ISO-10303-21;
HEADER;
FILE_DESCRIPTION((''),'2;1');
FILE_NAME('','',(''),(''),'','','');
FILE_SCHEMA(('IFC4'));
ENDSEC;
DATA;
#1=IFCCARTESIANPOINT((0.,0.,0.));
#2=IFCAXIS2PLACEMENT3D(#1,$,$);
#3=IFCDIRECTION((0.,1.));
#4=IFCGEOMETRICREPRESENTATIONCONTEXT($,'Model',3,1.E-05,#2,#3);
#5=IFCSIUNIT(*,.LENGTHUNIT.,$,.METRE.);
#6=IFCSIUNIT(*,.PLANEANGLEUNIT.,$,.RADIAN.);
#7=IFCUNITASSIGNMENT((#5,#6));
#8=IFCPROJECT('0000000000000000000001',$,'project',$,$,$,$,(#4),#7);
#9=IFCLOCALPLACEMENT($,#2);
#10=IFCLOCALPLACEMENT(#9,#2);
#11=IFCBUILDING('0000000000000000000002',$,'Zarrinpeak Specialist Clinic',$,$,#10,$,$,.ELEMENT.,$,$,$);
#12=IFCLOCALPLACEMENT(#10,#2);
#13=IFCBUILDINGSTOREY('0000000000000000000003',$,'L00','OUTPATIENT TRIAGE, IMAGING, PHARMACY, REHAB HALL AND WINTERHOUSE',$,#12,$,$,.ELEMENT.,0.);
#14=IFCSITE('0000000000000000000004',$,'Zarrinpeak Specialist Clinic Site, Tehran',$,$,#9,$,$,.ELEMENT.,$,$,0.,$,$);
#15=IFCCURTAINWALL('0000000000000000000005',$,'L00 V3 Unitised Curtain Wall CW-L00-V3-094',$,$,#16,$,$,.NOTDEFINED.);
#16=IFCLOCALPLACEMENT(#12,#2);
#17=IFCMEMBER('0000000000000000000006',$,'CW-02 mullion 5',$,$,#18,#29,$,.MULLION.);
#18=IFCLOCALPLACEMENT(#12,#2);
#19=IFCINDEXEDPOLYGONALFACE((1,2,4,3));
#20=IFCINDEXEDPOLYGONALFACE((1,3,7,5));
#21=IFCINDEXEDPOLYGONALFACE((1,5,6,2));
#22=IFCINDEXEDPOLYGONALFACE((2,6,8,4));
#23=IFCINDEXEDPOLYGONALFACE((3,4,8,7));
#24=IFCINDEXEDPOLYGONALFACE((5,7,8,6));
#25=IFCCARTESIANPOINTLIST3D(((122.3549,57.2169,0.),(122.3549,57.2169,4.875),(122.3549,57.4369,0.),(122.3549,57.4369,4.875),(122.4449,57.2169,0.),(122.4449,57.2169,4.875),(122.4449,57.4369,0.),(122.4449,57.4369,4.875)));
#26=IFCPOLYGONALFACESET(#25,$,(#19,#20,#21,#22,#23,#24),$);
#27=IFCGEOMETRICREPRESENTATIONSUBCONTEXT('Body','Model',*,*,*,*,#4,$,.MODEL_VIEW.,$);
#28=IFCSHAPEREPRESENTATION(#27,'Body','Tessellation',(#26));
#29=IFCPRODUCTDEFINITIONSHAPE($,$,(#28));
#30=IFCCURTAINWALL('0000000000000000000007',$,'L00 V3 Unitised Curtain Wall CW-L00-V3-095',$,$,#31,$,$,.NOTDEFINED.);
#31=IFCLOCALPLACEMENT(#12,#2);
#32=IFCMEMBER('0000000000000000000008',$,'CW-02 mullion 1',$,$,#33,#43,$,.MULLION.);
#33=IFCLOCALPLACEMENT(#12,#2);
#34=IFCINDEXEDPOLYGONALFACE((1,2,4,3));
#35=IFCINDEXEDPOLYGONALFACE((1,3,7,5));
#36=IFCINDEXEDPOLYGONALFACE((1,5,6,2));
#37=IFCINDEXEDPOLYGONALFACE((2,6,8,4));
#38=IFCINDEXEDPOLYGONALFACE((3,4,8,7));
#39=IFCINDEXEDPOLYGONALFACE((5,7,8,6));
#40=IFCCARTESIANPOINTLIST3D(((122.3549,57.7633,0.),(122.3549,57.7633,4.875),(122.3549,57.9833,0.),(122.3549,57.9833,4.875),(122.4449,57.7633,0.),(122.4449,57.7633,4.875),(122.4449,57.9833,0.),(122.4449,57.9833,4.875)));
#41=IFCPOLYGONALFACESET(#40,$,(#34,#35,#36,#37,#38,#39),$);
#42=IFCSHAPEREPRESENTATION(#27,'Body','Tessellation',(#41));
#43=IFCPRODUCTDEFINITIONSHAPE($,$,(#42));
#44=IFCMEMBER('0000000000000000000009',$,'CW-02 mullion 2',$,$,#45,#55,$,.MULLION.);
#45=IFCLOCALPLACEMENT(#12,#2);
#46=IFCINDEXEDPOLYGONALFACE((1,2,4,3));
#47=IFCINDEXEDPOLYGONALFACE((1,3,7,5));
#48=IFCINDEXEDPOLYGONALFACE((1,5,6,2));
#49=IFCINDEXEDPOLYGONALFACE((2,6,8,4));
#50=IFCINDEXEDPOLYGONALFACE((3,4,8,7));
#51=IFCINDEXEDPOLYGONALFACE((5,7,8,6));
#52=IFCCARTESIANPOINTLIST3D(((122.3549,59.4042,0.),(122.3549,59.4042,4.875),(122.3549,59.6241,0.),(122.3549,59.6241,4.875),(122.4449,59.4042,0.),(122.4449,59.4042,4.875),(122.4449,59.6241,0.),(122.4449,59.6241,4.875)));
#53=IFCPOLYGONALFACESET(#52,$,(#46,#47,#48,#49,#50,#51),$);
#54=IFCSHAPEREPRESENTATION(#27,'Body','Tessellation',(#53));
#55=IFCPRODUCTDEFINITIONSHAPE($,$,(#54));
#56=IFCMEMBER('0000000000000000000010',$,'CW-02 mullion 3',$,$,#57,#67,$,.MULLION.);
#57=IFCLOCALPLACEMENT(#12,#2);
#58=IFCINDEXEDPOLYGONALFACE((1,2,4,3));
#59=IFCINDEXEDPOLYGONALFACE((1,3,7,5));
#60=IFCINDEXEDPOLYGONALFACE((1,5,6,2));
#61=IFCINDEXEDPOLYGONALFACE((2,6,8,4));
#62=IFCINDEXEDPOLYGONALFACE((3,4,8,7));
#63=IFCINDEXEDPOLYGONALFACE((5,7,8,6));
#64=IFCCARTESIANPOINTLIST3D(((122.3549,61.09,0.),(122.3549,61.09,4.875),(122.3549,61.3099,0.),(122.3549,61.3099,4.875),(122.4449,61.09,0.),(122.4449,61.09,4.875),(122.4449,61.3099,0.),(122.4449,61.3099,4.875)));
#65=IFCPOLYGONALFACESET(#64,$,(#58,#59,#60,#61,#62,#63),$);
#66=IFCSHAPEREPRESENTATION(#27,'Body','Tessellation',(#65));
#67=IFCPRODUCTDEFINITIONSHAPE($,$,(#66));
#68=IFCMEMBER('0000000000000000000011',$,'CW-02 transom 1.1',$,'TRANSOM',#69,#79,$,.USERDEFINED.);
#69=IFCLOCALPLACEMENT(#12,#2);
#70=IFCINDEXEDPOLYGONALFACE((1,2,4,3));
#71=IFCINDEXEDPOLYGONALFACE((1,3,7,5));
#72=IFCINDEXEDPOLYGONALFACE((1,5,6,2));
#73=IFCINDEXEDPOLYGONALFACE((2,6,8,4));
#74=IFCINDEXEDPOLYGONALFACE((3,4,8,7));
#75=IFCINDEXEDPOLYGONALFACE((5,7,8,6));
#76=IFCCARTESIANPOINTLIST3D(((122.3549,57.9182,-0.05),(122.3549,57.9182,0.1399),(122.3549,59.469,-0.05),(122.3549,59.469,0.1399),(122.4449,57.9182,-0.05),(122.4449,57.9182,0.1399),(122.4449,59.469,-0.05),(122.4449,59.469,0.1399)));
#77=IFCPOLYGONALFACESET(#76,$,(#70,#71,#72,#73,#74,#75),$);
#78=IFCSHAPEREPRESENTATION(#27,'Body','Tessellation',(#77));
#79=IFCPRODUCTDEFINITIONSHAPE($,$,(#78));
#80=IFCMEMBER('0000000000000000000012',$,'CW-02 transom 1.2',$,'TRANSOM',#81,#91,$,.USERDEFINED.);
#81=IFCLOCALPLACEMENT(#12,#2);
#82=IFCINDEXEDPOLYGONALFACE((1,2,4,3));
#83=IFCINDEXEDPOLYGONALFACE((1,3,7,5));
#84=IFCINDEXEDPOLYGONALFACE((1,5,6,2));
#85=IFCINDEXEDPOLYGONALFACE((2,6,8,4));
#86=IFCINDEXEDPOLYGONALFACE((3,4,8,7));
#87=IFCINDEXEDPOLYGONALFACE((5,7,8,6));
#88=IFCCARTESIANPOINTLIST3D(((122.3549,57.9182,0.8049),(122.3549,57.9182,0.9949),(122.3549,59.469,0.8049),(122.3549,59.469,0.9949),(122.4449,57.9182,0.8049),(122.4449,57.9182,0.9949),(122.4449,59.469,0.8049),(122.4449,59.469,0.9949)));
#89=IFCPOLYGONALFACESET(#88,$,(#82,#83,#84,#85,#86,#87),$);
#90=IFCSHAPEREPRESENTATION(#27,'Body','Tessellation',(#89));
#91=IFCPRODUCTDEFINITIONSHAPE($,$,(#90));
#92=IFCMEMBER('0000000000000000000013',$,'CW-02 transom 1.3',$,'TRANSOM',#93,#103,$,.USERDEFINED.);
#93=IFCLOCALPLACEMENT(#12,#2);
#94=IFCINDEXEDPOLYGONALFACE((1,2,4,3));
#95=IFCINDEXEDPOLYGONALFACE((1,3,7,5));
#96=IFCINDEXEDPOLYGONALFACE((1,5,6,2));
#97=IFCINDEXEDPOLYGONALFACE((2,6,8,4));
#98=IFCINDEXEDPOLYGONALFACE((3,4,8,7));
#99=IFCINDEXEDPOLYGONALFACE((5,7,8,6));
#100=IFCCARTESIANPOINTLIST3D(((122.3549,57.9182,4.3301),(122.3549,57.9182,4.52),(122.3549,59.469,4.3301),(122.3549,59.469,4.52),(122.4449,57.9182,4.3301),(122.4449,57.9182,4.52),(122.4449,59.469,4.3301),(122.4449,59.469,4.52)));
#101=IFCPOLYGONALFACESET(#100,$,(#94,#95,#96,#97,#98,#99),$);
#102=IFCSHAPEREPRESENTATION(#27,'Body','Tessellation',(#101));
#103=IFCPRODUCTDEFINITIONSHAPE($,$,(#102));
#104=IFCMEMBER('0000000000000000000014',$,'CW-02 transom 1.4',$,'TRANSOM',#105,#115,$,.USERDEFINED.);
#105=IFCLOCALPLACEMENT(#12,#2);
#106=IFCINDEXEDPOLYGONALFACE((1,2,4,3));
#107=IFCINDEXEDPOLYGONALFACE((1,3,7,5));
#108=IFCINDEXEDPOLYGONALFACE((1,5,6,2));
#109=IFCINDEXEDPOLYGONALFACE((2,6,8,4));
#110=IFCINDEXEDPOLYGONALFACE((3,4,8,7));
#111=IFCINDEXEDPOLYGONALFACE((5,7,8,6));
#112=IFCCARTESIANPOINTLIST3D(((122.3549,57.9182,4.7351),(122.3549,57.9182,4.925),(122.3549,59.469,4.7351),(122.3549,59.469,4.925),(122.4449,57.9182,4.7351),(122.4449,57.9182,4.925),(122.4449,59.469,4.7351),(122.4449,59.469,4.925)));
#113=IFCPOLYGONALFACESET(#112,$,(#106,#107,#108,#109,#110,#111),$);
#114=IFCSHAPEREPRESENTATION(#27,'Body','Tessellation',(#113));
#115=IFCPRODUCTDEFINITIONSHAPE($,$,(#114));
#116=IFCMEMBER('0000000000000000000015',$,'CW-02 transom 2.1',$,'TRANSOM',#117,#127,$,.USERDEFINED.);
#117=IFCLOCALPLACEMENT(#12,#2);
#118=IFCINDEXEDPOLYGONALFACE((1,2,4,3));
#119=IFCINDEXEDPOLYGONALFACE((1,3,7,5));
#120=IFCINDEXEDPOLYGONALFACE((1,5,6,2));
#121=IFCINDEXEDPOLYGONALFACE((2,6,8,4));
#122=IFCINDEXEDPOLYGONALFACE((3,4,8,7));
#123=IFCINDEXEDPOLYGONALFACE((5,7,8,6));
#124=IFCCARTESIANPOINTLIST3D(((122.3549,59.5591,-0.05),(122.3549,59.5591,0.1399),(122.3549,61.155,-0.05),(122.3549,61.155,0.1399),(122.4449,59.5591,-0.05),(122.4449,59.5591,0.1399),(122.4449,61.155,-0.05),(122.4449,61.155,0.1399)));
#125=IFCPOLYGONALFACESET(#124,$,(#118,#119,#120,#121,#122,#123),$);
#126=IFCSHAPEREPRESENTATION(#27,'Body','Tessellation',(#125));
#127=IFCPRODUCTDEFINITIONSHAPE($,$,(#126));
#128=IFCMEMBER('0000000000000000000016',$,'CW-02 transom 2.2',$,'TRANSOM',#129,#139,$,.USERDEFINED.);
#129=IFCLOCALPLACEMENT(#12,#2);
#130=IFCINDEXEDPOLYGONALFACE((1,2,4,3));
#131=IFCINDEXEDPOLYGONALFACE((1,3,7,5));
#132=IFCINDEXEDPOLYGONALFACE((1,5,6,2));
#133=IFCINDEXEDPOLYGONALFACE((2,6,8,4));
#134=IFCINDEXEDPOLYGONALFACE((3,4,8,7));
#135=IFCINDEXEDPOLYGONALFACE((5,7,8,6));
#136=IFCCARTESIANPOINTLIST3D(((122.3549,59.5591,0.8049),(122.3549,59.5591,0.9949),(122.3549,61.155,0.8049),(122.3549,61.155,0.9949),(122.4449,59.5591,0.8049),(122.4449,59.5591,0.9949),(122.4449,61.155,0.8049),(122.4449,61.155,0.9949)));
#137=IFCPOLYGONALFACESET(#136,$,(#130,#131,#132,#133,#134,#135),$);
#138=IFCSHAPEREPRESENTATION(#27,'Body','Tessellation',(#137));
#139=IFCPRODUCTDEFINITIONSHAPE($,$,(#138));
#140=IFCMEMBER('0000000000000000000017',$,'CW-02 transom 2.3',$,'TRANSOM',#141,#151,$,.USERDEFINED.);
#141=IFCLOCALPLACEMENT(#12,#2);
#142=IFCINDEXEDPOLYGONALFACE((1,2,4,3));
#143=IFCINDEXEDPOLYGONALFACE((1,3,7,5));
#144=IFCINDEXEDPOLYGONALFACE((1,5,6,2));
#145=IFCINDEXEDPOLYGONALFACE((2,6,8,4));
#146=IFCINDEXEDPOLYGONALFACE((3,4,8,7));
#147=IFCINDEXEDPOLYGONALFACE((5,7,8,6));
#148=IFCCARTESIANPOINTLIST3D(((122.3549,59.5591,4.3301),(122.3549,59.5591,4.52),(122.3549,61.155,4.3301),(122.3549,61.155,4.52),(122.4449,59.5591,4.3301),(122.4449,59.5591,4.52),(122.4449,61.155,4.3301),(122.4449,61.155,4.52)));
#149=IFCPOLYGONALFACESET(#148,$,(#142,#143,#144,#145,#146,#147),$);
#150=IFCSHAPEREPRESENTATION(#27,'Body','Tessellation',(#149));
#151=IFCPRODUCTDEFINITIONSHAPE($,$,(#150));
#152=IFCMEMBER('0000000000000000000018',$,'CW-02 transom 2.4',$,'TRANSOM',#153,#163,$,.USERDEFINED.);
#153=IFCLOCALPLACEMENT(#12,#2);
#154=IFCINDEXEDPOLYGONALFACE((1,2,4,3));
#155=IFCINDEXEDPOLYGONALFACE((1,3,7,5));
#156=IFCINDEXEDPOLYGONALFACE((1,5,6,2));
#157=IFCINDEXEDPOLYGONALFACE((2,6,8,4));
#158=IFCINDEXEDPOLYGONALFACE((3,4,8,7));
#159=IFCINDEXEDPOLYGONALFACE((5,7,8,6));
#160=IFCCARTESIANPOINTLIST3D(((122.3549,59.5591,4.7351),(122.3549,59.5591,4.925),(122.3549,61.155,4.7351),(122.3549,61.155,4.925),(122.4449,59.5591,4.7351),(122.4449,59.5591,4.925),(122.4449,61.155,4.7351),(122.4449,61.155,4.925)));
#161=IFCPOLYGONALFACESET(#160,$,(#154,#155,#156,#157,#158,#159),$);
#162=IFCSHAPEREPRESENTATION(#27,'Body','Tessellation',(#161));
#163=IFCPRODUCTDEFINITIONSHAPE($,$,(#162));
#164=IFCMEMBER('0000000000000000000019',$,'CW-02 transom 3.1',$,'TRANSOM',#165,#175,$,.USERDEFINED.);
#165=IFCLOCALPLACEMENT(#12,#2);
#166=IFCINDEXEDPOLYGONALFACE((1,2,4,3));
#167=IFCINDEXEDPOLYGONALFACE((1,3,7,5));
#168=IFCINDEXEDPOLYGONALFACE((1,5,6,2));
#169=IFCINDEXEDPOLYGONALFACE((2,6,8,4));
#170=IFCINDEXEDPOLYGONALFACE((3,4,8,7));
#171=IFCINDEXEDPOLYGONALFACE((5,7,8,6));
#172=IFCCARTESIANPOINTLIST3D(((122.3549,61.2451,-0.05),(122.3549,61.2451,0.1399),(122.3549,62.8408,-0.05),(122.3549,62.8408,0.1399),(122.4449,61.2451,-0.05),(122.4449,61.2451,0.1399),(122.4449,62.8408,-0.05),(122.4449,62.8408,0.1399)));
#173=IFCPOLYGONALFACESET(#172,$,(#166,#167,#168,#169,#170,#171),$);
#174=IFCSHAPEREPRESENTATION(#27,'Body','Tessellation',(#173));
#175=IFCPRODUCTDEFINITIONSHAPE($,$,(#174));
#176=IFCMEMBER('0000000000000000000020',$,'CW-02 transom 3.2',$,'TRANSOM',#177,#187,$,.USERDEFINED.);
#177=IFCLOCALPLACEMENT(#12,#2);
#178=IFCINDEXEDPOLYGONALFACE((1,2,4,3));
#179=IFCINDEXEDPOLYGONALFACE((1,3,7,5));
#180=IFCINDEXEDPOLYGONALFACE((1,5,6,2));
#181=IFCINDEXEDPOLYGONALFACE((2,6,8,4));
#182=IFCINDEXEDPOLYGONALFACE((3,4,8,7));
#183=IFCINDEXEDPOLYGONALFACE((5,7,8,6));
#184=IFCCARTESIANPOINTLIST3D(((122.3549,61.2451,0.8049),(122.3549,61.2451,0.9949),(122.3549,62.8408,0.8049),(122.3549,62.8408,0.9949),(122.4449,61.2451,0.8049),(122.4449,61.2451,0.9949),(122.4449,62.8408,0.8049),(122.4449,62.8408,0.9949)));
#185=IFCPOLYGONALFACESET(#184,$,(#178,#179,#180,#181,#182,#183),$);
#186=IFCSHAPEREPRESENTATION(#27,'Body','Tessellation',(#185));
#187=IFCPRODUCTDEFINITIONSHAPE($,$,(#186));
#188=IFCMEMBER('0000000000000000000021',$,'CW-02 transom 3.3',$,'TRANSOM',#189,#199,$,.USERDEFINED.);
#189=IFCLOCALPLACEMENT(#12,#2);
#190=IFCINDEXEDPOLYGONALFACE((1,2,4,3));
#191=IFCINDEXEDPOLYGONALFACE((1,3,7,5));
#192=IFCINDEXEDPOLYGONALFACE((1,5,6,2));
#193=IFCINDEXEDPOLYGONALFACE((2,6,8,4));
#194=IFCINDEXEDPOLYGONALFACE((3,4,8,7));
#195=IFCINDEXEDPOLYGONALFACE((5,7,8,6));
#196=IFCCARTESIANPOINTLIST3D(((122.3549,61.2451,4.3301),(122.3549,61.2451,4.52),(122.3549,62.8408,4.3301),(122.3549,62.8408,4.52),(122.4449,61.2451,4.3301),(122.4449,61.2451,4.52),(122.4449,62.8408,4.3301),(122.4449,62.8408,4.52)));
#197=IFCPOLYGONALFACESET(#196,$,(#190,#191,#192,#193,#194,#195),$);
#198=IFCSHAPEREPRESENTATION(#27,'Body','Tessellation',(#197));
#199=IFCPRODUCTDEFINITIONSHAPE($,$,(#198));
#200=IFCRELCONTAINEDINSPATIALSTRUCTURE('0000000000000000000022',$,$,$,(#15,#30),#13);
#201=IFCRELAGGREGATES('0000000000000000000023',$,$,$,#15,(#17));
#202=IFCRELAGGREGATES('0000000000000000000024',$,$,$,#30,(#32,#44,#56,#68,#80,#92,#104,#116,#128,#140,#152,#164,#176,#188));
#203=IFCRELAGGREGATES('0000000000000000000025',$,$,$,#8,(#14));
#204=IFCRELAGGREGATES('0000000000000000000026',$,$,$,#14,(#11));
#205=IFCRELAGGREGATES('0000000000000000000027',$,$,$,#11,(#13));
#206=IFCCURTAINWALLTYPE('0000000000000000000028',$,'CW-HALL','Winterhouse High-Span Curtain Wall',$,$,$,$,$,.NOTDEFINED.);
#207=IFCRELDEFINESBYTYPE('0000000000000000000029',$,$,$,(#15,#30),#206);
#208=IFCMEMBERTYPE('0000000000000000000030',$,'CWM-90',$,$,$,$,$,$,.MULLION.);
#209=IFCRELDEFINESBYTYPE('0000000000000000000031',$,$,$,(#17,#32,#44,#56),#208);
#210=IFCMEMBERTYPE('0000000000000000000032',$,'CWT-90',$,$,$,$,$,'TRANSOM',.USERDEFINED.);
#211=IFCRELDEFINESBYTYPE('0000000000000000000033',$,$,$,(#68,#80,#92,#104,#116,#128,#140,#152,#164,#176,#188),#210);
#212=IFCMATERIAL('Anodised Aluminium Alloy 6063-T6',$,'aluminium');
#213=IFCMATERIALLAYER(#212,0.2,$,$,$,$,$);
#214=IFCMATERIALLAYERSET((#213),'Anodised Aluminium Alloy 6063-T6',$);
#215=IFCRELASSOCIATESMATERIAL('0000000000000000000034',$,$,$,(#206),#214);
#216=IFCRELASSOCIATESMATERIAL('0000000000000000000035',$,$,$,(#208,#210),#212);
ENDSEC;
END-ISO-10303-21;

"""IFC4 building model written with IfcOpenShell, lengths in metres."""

from ifc_helpers import new_model, si_unit, direction, frame, origin, origin_2d, place, context, subcontext, project, spatial, rectangle, extrude, material, layer, layer_set, material_profile, profile_set, type_object, element, aggregate, save


model = new_model("IFC4")

# Units and contexts
model_context = context("Model", 3, precision=1e-05, world=origin(), true_north=direction((0.0, 1.0)))
body_context = subcontext(model_context, "Body", "Model", "MODEL_VIEW")
ifc_project = project(units=[si_unit("LENGTHUNIT", "METRE"), si_unit("PLANEANGLEUNIT", "RADIAN")], contexts=[model_context])

# Site, building, storey
site_placement = place(None, origin())
site = spatial("IfcSite", under=ifc_project, at=site_placement, Name="Zarrinpeak Specialist Clinic Site, Tehran", CompositionType="ELEMENT", RefElevation=0.0)
building_placement = place(site_placement, origin())
building = spatial("IfcBuilding", under=site, at=building_placement, Name="Zarrinpeak Specialist Clinic", CompositionType="ELEMENT")
storey_placement = place(building_placement, origin())
storey = spatial("IfcBuildingStorey", under=building, at=storey_placement, Name="L00", Description="OUTPATIENT TRIAGE, IMAGING, PHARMACY, REHAB HALL AND WINTERHOUSE", CompositionType="ELEMENT", Elevation=0.0)

# Curtain wall, member
ifc_material_1 = material(Name="Anodised Aluminium Alloy 6063-T6", Category="aluminium")
ifc_layer_1 = layer(ifc_material_1, 0.2)
ifc_layer_set_1 = layer_set([ifc_layer_1], Name="Anodised Aluminium Alloy 6063-T6")
curtain_wall_type = type_object("IfcCurtainWallType", Name="CW-HALL", Description="Winterhouse High-Span Curtain Wall", PredefinedType="NOTDEFINED", material=ifc_layer_set_1)
curtain_wall_1_placement = place(storey_placement, origin())
curtain_wall_1 = element("IfcCurtainWall", 1, at=curtain_wall_1_placement, inside=storey, type_object=curtain_wall_type, Name="L00 V3 Unitised Curtain Wall CW-L00-V3-094", PredefinedType="NOTDEFINED")
ifc_material_profile_1 = material_profile(ifc_material_1, rectangle(XDim=0.0901, YDim=0.22, at=origin_2d()), Name="ALU 90x220")
ifc_profile_set_1 = profile_set([ifc_material_profile_1], Name="Anodised Aluminium Alloy 6063-T6")
member_type_1 = type_object("IfcMemberType", Name="CWM-90", PredefinedType="MULLION", material=ifc_profile_set_1)
member_1_placement = place(storey_placement, frame((122.3999, 57.3269, 0.0), z_axis=(0.0, 0.0, 1.0), x_axis=(-1.0, 0.0, 0.0)))
member_1 = element("IfcMember", 2, at=member_1_placement, type_object=member_type_1, Name="CW-02 mullion 5", PredefinedType="MULLION", context=body_context, shape_type="SweptSolid", body=[
    extrude(rectangle(XDim=0.0901, YDim=0.22, at=origin_2d()), origin(), (0.0, 0.0, 1.0), 4.875),
])
aggregate(curtain_wall_1, [member_1])

# Curtain wall, members
curtain_wall_2_placement = place(storey_placement, origin())
curtain_wall_2 = element("IfcCurtainWall", 3, at=curtain_wall_2_placement, inside=storey, type_object=curtain_wall_type, Name="L00 V3 Unitised Curtain Wall CW-L00-V3-095", PredefinedType="NOTDEFINED")
member_2_placement = place(storey_placement, frame((122.3999, 57.8733, 0.0), z_axis=(0.0, 0.0, 1.0), x_axis=(-1.0, 0.0, 0.0)))
member_2 = element("IfcMember", 4, at=member_2_placement, type_object=member_type_1, Name="CW-02 mullion 1", PredefinedType="MULLION", context=body_context, shape_type="SweptSolid", body=[
    extrude(rectangle(XDim=0.0901, YDim=0.22, at=origin_2d()), origin(), (0.0, 0.0, 1.0), 4.875),
])
member_3_placement = place(storey_placement, frame((122.3999, 59.5142, 0.0), z_axis=(0.0, 0.0, 1.0), x_axis=(-1.0, 0.0, 0.0)))
member_3 = element("IfcMember", 5, at=member_3_placement, type_object=member_type_1, Name="CW-02 mullion 2", PredefinedType="MULLION", context=body_context, shape_type="SweptSolid", body=[
    extrude(rectangle(XDim=0.0901, YDim=0.22, at=origin_2d()), origin(), (0.0, 0.0, 1.0), 4.875),
])
member_4_placement = place(storey_placement, frame((122.3999, 61.2, 0.0), z_axis=(0.0, 0.0, 1.0), x_axis=(-1.0, 0.0, 0.0)))
member_4 = element("IfcMember", 6, at=member_4_placement, type_object=member_type_1, Name="CW-02 mullion 3", PredefinedType="MULLION", context=body_context, shape_type="SweptSolid", body=[
    extrude(rectangle(XDim=0.0901, YDim=0.22, at=origin_2d()), origin(), (0.0, 0.0, 1.0), 4.875),
])
ifc_material_profile_2 = material_profile(ifc_material_1, rectangle(XDim=0.0901, YDim=0.1899, at=origin_2d()), Name="ALU 90x190")
ifc_profile_set_2 = profile_set([ifc_material_profile_2], Name="Anodised Aluminium Alloy 6063-T6")
member_type_2 = type_object("IfcMemberType", Name="CWT-90", ElementType="TRANSOM", PredefinedType="USERDEFINED", material=ifc_profile_set_2)
member_5_placement = place(storey_placement, frame((122.3999, 57.9182, 0.0449), z_axis=(0.0, 1.0, 0.0), x_axis=(-1.0, 0.0, 0.0)))
member_5 = element("IfcMember", 7, at=member_5_placement, type_object=member_type_2, Name="CW-02 transom 1.1", ObjectType="TRANSOM", PredefinedType="USERDEFINED", context=body_context, shape_type="SweptSolid", body=[
    extrude(rectangle(XDim=0.0901, YDim=0.1899, at=origin_2d()), origin(), (0.0, 0.0, 1.0), 1.5508),
])
member_6_placement = place(storey_placement, frame((122.3999, 57.9182, 0.8999), z_axis=(0.0, 1.0, 0.0), x_axis=(-1.0, 0.0, 0.0)))
member_6 = element("IfcMember", 8, at=member_6_placement, type_object=member_type_2, Name="CW-02 transom 1.2", ObjectType="TRANSOM", PredefinedType="USERDEFINED", context=body_context, shape_type="SweptSolid", body=[
    extrude(rectangle(XDim=0.0901, YDim=0.1899, at=origin_2d()), origin(), (0.0, 0.0, 1.0), 1.5508),
])
member_7_placement = place(storey_placement, frame((122.3999, 57.9182, 4.425), z_axis=(0.0, 1.0, 0.0), x_axis=(-1.0, 0.0, 0.0)))
member_7 = element("IfcMember", 9, at=member_7_placement, type_object=member_type_2, Name="CW-02 transom 1.3", ObjectType="TRANSOM", PredefinedType="USERDEFINED", context=body_context, shape_type="SweptSolid", body=[
    extrude(rectangle(XDim=0.0901, YDim=0.1899, at=origin_2d()), origin(), (0.0, 0.0, 1.0), 1.5508),
])
member_8_placement = place(storey_placement, frame((122.3999, 57.9182, 4.8301), z_axis=(0.0, 1.0, 0.0), x_axis=(-1.0, 0.0, 0.0)))
member_8 = element("IfcMember", 10, at=member_8_placement, type_object=member_type_2, Name="CW-02 transom 1.4", ObjectType="TRANSOM", PredefinedType="USERDEFINED", context=body_context, shape_type="SweptSolid", body=[
    extrude(rectangle(XDim=0.0901, YDim=0.1899, at=origin_2d()), origin(), (0.0, 0.0, 1.0), 1.5508),
])
member_9_placement = place(storey_placement, frame((122.3999, 59.5591, 0.0449), z_axis=(0.0, 1.0, 0.0), x_axis=(-1.0, 0.0, 0.0)))
member_9 = element("IfcMember", 11, at=member_9_placement, type_object=member_type_2, Name="CW-02 transom 2.1", ObjectType="TRANSOM", PredefinedType="USERDEFINED", context=body_context, shape_type="SweptSolid", body=[
    extrude(rectangle(XDim=0.0901, YDim=0.1899, at=origin_2d()), origin(), (0.0, 0.0, 1.0), 1.5959),
])
member_10_placement = place(storey_placement, frame((122.3999, 59.5591, 0.8999), z_axis=(0.0, 1.0, 0.0), x_axis=(-1.0, 0.0, 0.0)))
member_10 = element("IfcMember", 12, at=member_10_placement, type_object=member_type_2, Name="CW-02 transom 2.2", ObjectType="TRANSOM", PredefinedType="USERDEFINED", context=body_context, shape_type="SweptSolid", body=[
    extrude(rectangle(XDim=0.0901, YDim=0.1899, at=origin_2d()), origin(), (0.0, 0.0, 1.0), 1.5959),
])
member_11_placement = place(storey_placement, frame((122.3999, 59.5591, 4.425), z_axis=(0.0, 1.0, 0.0), x_axis=(-1.0, 0.0, 0.0)))
member_11 = element("IfcMember", 13, at=member_11_placement, type_object=member_type_2, Name="CW-02 transom 2.3", ObjectType="TRANSOM", PredefinedType="USERDEFINED", context=body_context, shape_type="SweptSolid", body=[
    extrude(rectangle(XDim=0.0901, YDim=0.1899, at=origin_2d()), origin(), (0.0, 0.0, 1.0), 1.5959),
])
member_12_placement = place(storey_placement, frame((122.3999, 59.5591, 4.8301), z_axis=(0.0, 1.0, 0.0), x_axis=(-1.0, 0.0, 0.0)))
member_12 = element("IfcMember", 14, at=member_12_placement, type_object=member_type_2, Name="CW-02 transom 2.4", ObjectType="TRANSOM", PredefinedType="USERDEFINED", context=body_context, shape_type="SweptSolid", body=[
    extrude(rectangle(XDim=0.0901, YDim=0.1899, at=origin_2d()), origin(), (0.0, 0.0, 1.0), 1.5959),
])
member_13_placement = place(storey_placement, frame((122.3999, 61.2451, 0.0449), z_axis=(0.0, 1.0, 0.0), x_axis=(-1.0, 0.0, 0.0)))
member_13 = element("IfcMember", 15, at=member_13_placement, type_object=member_type_2, Name="CW-02 transom 3.1", ObjectType="TRANSOM", PredefinedType="USERDEFINED", context=body_context, shape_type="SweptSolid", body=[
    extrude(rectangle(XDim=0.0901, YDim=0.1899, at=origin_2d()), origin(), (0.0, 0.0, 1.0), 1.5957),
])
member_14_placement = place(storey_placement, frame((122.3999, 61.2451, 0.8999), z_axis=(0.0, 1.0, 0.0), x_axis=(-1.0, 0.0, 0.0)))
member_14 = element("IfcMember", 16, at=member_14_placement, type_object=member_type_2, Name="CW-02 transom 3.2", ObjectType="TRANSOM", PredefinedType="USERDEFINED", context=body_context, shape_type="SweptSolid", body=[
    extrude(rectangle(XDim=0.0901, YDim=0.1899, at=origin_2d()), origin(), (0.0, 0.0, 1.0), 1.5957),
])
member_15_placement = place(storey_placement, frame((122.3999, 61.2451, 4.425), z_axis=(0.0, 1.0, 0.0), x_axis=(-1.0, 0.0, 0.0)))
member_15 = element("IfcMember", 17, at=member_15_placement, type_object=member_type_2, Name="CW-02 transom 3.3", ObjectType="TRANSOM", PredefinedType="USERDEFINED", context=body_context, shape_type="SweptSolid", body=[
    extrude(rectangle(XDim=0.0901, YDim=0.1899, at=origin_2d()), origin(), (0.0, 0.0, 1.0), 1.5957),
])
aggregate(curtain_wall_2, [member_2, member_3, member_4, member_5, member_6, member_7, member_8, member_9, member_10, member_11, member_12, member_13, member_14, member_15])

save(model, "model.ifc")
